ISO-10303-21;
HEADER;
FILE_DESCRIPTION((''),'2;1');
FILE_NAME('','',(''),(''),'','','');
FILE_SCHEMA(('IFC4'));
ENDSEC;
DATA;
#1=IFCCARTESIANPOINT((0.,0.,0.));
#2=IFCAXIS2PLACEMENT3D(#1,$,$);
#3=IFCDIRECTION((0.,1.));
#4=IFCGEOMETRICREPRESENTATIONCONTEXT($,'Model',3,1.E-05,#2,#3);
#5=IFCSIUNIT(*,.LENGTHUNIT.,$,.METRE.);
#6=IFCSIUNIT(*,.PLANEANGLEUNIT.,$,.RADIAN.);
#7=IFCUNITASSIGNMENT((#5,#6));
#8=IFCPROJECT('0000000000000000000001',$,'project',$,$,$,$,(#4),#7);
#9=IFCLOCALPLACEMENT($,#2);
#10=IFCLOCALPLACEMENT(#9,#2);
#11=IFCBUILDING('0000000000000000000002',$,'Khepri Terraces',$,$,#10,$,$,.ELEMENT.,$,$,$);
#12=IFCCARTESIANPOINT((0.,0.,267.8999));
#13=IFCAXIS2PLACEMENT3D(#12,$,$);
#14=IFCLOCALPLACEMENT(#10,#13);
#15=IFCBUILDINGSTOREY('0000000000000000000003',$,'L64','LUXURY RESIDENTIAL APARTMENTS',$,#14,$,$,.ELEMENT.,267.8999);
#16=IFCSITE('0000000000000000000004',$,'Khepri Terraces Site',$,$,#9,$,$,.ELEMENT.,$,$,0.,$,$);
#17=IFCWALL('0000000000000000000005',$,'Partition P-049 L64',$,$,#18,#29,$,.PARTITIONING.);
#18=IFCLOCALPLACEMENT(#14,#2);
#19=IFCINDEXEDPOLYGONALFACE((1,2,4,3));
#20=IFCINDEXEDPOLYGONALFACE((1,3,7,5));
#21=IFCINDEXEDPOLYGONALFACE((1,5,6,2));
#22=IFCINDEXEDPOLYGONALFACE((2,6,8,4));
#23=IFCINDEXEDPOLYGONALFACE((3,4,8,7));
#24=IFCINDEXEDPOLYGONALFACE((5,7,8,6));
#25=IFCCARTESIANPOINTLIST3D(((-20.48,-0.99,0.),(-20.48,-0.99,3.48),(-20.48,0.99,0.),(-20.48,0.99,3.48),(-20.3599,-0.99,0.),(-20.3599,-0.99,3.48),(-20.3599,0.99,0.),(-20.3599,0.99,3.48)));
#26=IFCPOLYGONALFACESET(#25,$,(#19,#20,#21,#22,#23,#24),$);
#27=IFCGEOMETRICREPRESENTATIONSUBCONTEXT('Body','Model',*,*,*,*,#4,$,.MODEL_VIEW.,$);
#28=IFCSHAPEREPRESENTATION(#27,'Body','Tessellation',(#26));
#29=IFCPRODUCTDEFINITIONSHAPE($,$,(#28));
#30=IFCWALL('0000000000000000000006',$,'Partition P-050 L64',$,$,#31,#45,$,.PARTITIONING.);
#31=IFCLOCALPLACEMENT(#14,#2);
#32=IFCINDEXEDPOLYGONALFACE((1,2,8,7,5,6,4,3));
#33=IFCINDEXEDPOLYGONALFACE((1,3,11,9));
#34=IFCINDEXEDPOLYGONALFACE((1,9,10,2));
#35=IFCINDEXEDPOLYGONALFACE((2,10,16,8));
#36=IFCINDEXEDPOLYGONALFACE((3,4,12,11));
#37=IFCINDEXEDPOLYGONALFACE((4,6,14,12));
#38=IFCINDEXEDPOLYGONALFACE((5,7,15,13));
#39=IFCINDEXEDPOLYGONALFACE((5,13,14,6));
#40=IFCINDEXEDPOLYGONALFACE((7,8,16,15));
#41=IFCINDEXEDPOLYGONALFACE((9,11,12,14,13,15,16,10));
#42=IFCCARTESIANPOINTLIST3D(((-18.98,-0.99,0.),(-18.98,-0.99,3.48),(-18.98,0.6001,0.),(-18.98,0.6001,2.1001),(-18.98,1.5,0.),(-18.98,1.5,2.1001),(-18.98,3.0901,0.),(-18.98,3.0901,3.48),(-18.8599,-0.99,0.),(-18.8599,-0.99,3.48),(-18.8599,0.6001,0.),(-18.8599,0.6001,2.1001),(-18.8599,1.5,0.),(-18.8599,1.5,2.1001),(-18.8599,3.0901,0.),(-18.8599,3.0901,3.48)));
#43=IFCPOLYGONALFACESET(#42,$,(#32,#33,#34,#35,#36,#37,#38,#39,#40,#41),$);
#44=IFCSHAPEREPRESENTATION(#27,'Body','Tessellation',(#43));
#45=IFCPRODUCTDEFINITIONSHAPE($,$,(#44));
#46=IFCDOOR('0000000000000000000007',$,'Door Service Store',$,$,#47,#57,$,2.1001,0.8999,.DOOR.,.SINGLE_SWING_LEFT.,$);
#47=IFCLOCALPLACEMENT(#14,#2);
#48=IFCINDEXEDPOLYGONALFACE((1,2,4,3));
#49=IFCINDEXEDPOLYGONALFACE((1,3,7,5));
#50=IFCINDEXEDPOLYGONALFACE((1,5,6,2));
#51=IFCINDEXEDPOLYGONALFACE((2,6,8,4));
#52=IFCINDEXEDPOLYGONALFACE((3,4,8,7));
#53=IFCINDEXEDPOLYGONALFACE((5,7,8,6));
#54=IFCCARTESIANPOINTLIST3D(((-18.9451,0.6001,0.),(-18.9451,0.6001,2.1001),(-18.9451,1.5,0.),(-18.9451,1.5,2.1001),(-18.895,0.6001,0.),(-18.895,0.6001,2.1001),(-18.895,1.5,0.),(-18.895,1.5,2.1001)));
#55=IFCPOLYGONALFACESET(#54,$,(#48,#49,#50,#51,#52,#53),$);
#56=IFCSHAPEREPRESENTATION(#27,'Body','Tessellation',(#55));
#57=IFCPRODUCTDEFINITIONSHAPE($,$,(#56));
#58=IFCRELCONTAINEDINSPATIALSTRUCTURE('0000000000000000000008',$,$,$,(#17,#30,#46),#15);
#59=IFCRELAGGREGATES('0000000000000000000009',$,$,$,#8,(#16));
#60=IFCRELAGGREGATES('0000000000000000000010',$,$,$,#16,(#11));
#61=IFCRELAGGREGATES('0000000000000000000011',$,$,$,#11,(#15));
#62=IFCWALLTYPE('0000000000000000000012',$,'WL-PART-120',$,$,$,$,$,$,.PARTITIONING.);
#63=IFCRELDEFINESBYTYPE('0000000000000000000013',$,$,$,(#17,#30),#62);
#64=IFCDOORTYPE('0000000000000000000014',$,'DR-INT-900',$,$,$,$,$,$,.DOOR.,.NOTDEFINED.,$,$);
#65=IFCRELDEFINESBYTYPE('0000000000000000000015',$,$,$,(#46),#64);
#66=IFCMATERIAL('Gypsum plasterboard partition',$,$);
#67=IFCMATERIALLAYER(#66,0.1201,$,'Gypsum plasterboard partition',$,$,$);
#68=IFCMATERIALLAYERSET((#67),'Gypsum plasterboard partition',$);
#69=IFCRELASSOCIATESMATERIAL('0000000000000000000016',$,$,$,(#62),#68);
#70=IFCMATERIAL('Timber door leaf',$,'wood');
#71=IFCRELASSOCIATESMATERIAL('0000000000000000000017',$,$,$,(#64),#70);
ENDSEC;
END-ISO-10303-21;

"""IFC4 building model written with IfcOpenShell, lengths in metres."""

from ifc_helpers import new_model, si_unit, direction, frame, frame_2d, origin, place, context, subcontext, project, spatial, rectangle, extrude, material, layer, layer_set, type_object, element, fill, save


model = new_model("IFC4")

# Units and contexts
model_context = context("Model", 3, precision=1e-05, world=origin(), true_north=direction((0.0, 1.0)))
body_context = subcontext(model_context, "Body", "Model", "MODEL_VIEW")
ifc_project = project(units=[si_unit("LENGTHUNIT", "METRE"), si_unit("PLANEANGLEUNIT", "RADIAN")], contexts=[model_context])

# Site, building, storey
site_placement = place(None, origin())
site = spatial("IfcSite", under=ifc_project, at=site_placement, Name="Khepri Terraces Site", CompositionType="ELEMENT", RefElevation=0.0)
building_placement = place(site_placement, origin())
building = spatial("IfcBuilding", under=site, at=building_placement, Name="Khepri Terraces", CompositionType="ELEMENT")
storey_placement = place(building_placement, frame((0.0, 0.0, 267.8999)))
storey = spatial("IfcBuildingStorey", under=building, at=storey_placement, Name="L64", Description="LUXURY RESIDENTIAL APARTMENTS", CompositionType="ELEMENT", Elevation=267.8999)

# Shared definitions
ifc_material_1 = material(Name="Gypsum plasterboard partition")
ifc_layer_1 = layer(ifc_material_1, 0.1201, Name="Gypsum plasterboard partition")
ifc_layer_set_1 = layer_set([ifc_layer_1], Name="Gypsum plasterboard partition")
wall_type_1 = type_object("IfcWallType", Name="WL-PART-120", PredefinedType="PARTITIONING", material=ifc_layer_set_1)

# Shared definitions
ifc_material_2 = material(Name="Timber door leaf", Category="wood")
door_type_1 = type_object("IfcDoorType", Name="DR-INT-900", OperationType="NOTDEFINED", PredefinedType="DOOR", material=ifc_material_2)

# Wall
wall_1_placement = place(storey_placement, frame((-20.4199, -0.99, 0.0), z_axis=(0.0, 0.0, 1.0), x_axis=(0.0, 1.0, 0.0)))
element("IfcWall", 1, at=wall_1_placement, inside=storey, type_object=wall_type_1, Name="Partition P-049 L64", PredefinedType="PARTITIONING", context=body_context, shape_type="SweptSolid", body=[
    extrude(rectangle(XDim=1.98, YDim=0.1201, at=frame_2d((0.99, 0.0))), origin(), (0.0, 0.0, 1.0), 3.48),
])

# Wall, opening, door
wall_2_placement = place(storey_placement, frame((-18.9199, -0.99, 0.0), z_axis=(0.0, 0.0, 1.0), x_axis=(0.0, 1.0, 0.0)))
wall_2 = element("IfcWall", 2, at=wall_2_placement, inside=storey, type_object=wall_type_1, Name="Partition P-050 L64", PredefinedType="PARTITIONING", context=body_context, shape_type="SweptSolid", body=[
    extrude(rectangle(XDim=4.0801, YDim=0.1201, at=frame_2d((2.04, 0.0))), origin(), (0.0, 0.0, 1.0), 3.48),
])
opening_1_placement = place(wall_2_placement, frame((1.5901, 0.0, 0.0)))
opening_1 = element("IfcOpeningElement", 3, at=opening_1_placement, cuts=wall_2, PredefinedType="OPENING", context=body_context, shape_type="SweptSolid", body=[
    extrude(rectangle(XDim=0.8999, YDim=2.1001, at=frame_2d((0.45, 1.05))), frame((0.0, 0.0701, 0.0), z_axis=(0.0, -1.0, 0.0), x_axis=(1.0, 0.0, 0.0)), (0.0, 0.0, 1.0), 0.1401),
])
door_1_placement = place(opening_1_placement, frame((0.8999, 0.0, 0.0), z_axis=(0.0, 0.0, 1.0), x_axis=(-1.0, 0.0, 0.0)))
door_1 = element("IfcDoor", 4, at=door_1_placement, inside=storey, type_object=door_type_1, Name="Door Service Store", OperationType="SINGLE_SWING_LEFT", OverallHeight=2.1001, OverallWidth=0.8999, PredefinedType="DOOR", context=body_context, shape_type="SweptSolid", body=[
    extrude(rectangle(XDim=0.8999, YDim=2.1001, at=frame_2d((0.45, 1.05))), frame((0.0, 0.0249, 0.0), z_axis=(0.0, -1.0, 0.0), x_axis=(1.0, 0.0, 0.0)), (0.0, 0.0, 1.0), 0.05),
])
fill(opening_1, door_1)

save(model, "model.ifc")
